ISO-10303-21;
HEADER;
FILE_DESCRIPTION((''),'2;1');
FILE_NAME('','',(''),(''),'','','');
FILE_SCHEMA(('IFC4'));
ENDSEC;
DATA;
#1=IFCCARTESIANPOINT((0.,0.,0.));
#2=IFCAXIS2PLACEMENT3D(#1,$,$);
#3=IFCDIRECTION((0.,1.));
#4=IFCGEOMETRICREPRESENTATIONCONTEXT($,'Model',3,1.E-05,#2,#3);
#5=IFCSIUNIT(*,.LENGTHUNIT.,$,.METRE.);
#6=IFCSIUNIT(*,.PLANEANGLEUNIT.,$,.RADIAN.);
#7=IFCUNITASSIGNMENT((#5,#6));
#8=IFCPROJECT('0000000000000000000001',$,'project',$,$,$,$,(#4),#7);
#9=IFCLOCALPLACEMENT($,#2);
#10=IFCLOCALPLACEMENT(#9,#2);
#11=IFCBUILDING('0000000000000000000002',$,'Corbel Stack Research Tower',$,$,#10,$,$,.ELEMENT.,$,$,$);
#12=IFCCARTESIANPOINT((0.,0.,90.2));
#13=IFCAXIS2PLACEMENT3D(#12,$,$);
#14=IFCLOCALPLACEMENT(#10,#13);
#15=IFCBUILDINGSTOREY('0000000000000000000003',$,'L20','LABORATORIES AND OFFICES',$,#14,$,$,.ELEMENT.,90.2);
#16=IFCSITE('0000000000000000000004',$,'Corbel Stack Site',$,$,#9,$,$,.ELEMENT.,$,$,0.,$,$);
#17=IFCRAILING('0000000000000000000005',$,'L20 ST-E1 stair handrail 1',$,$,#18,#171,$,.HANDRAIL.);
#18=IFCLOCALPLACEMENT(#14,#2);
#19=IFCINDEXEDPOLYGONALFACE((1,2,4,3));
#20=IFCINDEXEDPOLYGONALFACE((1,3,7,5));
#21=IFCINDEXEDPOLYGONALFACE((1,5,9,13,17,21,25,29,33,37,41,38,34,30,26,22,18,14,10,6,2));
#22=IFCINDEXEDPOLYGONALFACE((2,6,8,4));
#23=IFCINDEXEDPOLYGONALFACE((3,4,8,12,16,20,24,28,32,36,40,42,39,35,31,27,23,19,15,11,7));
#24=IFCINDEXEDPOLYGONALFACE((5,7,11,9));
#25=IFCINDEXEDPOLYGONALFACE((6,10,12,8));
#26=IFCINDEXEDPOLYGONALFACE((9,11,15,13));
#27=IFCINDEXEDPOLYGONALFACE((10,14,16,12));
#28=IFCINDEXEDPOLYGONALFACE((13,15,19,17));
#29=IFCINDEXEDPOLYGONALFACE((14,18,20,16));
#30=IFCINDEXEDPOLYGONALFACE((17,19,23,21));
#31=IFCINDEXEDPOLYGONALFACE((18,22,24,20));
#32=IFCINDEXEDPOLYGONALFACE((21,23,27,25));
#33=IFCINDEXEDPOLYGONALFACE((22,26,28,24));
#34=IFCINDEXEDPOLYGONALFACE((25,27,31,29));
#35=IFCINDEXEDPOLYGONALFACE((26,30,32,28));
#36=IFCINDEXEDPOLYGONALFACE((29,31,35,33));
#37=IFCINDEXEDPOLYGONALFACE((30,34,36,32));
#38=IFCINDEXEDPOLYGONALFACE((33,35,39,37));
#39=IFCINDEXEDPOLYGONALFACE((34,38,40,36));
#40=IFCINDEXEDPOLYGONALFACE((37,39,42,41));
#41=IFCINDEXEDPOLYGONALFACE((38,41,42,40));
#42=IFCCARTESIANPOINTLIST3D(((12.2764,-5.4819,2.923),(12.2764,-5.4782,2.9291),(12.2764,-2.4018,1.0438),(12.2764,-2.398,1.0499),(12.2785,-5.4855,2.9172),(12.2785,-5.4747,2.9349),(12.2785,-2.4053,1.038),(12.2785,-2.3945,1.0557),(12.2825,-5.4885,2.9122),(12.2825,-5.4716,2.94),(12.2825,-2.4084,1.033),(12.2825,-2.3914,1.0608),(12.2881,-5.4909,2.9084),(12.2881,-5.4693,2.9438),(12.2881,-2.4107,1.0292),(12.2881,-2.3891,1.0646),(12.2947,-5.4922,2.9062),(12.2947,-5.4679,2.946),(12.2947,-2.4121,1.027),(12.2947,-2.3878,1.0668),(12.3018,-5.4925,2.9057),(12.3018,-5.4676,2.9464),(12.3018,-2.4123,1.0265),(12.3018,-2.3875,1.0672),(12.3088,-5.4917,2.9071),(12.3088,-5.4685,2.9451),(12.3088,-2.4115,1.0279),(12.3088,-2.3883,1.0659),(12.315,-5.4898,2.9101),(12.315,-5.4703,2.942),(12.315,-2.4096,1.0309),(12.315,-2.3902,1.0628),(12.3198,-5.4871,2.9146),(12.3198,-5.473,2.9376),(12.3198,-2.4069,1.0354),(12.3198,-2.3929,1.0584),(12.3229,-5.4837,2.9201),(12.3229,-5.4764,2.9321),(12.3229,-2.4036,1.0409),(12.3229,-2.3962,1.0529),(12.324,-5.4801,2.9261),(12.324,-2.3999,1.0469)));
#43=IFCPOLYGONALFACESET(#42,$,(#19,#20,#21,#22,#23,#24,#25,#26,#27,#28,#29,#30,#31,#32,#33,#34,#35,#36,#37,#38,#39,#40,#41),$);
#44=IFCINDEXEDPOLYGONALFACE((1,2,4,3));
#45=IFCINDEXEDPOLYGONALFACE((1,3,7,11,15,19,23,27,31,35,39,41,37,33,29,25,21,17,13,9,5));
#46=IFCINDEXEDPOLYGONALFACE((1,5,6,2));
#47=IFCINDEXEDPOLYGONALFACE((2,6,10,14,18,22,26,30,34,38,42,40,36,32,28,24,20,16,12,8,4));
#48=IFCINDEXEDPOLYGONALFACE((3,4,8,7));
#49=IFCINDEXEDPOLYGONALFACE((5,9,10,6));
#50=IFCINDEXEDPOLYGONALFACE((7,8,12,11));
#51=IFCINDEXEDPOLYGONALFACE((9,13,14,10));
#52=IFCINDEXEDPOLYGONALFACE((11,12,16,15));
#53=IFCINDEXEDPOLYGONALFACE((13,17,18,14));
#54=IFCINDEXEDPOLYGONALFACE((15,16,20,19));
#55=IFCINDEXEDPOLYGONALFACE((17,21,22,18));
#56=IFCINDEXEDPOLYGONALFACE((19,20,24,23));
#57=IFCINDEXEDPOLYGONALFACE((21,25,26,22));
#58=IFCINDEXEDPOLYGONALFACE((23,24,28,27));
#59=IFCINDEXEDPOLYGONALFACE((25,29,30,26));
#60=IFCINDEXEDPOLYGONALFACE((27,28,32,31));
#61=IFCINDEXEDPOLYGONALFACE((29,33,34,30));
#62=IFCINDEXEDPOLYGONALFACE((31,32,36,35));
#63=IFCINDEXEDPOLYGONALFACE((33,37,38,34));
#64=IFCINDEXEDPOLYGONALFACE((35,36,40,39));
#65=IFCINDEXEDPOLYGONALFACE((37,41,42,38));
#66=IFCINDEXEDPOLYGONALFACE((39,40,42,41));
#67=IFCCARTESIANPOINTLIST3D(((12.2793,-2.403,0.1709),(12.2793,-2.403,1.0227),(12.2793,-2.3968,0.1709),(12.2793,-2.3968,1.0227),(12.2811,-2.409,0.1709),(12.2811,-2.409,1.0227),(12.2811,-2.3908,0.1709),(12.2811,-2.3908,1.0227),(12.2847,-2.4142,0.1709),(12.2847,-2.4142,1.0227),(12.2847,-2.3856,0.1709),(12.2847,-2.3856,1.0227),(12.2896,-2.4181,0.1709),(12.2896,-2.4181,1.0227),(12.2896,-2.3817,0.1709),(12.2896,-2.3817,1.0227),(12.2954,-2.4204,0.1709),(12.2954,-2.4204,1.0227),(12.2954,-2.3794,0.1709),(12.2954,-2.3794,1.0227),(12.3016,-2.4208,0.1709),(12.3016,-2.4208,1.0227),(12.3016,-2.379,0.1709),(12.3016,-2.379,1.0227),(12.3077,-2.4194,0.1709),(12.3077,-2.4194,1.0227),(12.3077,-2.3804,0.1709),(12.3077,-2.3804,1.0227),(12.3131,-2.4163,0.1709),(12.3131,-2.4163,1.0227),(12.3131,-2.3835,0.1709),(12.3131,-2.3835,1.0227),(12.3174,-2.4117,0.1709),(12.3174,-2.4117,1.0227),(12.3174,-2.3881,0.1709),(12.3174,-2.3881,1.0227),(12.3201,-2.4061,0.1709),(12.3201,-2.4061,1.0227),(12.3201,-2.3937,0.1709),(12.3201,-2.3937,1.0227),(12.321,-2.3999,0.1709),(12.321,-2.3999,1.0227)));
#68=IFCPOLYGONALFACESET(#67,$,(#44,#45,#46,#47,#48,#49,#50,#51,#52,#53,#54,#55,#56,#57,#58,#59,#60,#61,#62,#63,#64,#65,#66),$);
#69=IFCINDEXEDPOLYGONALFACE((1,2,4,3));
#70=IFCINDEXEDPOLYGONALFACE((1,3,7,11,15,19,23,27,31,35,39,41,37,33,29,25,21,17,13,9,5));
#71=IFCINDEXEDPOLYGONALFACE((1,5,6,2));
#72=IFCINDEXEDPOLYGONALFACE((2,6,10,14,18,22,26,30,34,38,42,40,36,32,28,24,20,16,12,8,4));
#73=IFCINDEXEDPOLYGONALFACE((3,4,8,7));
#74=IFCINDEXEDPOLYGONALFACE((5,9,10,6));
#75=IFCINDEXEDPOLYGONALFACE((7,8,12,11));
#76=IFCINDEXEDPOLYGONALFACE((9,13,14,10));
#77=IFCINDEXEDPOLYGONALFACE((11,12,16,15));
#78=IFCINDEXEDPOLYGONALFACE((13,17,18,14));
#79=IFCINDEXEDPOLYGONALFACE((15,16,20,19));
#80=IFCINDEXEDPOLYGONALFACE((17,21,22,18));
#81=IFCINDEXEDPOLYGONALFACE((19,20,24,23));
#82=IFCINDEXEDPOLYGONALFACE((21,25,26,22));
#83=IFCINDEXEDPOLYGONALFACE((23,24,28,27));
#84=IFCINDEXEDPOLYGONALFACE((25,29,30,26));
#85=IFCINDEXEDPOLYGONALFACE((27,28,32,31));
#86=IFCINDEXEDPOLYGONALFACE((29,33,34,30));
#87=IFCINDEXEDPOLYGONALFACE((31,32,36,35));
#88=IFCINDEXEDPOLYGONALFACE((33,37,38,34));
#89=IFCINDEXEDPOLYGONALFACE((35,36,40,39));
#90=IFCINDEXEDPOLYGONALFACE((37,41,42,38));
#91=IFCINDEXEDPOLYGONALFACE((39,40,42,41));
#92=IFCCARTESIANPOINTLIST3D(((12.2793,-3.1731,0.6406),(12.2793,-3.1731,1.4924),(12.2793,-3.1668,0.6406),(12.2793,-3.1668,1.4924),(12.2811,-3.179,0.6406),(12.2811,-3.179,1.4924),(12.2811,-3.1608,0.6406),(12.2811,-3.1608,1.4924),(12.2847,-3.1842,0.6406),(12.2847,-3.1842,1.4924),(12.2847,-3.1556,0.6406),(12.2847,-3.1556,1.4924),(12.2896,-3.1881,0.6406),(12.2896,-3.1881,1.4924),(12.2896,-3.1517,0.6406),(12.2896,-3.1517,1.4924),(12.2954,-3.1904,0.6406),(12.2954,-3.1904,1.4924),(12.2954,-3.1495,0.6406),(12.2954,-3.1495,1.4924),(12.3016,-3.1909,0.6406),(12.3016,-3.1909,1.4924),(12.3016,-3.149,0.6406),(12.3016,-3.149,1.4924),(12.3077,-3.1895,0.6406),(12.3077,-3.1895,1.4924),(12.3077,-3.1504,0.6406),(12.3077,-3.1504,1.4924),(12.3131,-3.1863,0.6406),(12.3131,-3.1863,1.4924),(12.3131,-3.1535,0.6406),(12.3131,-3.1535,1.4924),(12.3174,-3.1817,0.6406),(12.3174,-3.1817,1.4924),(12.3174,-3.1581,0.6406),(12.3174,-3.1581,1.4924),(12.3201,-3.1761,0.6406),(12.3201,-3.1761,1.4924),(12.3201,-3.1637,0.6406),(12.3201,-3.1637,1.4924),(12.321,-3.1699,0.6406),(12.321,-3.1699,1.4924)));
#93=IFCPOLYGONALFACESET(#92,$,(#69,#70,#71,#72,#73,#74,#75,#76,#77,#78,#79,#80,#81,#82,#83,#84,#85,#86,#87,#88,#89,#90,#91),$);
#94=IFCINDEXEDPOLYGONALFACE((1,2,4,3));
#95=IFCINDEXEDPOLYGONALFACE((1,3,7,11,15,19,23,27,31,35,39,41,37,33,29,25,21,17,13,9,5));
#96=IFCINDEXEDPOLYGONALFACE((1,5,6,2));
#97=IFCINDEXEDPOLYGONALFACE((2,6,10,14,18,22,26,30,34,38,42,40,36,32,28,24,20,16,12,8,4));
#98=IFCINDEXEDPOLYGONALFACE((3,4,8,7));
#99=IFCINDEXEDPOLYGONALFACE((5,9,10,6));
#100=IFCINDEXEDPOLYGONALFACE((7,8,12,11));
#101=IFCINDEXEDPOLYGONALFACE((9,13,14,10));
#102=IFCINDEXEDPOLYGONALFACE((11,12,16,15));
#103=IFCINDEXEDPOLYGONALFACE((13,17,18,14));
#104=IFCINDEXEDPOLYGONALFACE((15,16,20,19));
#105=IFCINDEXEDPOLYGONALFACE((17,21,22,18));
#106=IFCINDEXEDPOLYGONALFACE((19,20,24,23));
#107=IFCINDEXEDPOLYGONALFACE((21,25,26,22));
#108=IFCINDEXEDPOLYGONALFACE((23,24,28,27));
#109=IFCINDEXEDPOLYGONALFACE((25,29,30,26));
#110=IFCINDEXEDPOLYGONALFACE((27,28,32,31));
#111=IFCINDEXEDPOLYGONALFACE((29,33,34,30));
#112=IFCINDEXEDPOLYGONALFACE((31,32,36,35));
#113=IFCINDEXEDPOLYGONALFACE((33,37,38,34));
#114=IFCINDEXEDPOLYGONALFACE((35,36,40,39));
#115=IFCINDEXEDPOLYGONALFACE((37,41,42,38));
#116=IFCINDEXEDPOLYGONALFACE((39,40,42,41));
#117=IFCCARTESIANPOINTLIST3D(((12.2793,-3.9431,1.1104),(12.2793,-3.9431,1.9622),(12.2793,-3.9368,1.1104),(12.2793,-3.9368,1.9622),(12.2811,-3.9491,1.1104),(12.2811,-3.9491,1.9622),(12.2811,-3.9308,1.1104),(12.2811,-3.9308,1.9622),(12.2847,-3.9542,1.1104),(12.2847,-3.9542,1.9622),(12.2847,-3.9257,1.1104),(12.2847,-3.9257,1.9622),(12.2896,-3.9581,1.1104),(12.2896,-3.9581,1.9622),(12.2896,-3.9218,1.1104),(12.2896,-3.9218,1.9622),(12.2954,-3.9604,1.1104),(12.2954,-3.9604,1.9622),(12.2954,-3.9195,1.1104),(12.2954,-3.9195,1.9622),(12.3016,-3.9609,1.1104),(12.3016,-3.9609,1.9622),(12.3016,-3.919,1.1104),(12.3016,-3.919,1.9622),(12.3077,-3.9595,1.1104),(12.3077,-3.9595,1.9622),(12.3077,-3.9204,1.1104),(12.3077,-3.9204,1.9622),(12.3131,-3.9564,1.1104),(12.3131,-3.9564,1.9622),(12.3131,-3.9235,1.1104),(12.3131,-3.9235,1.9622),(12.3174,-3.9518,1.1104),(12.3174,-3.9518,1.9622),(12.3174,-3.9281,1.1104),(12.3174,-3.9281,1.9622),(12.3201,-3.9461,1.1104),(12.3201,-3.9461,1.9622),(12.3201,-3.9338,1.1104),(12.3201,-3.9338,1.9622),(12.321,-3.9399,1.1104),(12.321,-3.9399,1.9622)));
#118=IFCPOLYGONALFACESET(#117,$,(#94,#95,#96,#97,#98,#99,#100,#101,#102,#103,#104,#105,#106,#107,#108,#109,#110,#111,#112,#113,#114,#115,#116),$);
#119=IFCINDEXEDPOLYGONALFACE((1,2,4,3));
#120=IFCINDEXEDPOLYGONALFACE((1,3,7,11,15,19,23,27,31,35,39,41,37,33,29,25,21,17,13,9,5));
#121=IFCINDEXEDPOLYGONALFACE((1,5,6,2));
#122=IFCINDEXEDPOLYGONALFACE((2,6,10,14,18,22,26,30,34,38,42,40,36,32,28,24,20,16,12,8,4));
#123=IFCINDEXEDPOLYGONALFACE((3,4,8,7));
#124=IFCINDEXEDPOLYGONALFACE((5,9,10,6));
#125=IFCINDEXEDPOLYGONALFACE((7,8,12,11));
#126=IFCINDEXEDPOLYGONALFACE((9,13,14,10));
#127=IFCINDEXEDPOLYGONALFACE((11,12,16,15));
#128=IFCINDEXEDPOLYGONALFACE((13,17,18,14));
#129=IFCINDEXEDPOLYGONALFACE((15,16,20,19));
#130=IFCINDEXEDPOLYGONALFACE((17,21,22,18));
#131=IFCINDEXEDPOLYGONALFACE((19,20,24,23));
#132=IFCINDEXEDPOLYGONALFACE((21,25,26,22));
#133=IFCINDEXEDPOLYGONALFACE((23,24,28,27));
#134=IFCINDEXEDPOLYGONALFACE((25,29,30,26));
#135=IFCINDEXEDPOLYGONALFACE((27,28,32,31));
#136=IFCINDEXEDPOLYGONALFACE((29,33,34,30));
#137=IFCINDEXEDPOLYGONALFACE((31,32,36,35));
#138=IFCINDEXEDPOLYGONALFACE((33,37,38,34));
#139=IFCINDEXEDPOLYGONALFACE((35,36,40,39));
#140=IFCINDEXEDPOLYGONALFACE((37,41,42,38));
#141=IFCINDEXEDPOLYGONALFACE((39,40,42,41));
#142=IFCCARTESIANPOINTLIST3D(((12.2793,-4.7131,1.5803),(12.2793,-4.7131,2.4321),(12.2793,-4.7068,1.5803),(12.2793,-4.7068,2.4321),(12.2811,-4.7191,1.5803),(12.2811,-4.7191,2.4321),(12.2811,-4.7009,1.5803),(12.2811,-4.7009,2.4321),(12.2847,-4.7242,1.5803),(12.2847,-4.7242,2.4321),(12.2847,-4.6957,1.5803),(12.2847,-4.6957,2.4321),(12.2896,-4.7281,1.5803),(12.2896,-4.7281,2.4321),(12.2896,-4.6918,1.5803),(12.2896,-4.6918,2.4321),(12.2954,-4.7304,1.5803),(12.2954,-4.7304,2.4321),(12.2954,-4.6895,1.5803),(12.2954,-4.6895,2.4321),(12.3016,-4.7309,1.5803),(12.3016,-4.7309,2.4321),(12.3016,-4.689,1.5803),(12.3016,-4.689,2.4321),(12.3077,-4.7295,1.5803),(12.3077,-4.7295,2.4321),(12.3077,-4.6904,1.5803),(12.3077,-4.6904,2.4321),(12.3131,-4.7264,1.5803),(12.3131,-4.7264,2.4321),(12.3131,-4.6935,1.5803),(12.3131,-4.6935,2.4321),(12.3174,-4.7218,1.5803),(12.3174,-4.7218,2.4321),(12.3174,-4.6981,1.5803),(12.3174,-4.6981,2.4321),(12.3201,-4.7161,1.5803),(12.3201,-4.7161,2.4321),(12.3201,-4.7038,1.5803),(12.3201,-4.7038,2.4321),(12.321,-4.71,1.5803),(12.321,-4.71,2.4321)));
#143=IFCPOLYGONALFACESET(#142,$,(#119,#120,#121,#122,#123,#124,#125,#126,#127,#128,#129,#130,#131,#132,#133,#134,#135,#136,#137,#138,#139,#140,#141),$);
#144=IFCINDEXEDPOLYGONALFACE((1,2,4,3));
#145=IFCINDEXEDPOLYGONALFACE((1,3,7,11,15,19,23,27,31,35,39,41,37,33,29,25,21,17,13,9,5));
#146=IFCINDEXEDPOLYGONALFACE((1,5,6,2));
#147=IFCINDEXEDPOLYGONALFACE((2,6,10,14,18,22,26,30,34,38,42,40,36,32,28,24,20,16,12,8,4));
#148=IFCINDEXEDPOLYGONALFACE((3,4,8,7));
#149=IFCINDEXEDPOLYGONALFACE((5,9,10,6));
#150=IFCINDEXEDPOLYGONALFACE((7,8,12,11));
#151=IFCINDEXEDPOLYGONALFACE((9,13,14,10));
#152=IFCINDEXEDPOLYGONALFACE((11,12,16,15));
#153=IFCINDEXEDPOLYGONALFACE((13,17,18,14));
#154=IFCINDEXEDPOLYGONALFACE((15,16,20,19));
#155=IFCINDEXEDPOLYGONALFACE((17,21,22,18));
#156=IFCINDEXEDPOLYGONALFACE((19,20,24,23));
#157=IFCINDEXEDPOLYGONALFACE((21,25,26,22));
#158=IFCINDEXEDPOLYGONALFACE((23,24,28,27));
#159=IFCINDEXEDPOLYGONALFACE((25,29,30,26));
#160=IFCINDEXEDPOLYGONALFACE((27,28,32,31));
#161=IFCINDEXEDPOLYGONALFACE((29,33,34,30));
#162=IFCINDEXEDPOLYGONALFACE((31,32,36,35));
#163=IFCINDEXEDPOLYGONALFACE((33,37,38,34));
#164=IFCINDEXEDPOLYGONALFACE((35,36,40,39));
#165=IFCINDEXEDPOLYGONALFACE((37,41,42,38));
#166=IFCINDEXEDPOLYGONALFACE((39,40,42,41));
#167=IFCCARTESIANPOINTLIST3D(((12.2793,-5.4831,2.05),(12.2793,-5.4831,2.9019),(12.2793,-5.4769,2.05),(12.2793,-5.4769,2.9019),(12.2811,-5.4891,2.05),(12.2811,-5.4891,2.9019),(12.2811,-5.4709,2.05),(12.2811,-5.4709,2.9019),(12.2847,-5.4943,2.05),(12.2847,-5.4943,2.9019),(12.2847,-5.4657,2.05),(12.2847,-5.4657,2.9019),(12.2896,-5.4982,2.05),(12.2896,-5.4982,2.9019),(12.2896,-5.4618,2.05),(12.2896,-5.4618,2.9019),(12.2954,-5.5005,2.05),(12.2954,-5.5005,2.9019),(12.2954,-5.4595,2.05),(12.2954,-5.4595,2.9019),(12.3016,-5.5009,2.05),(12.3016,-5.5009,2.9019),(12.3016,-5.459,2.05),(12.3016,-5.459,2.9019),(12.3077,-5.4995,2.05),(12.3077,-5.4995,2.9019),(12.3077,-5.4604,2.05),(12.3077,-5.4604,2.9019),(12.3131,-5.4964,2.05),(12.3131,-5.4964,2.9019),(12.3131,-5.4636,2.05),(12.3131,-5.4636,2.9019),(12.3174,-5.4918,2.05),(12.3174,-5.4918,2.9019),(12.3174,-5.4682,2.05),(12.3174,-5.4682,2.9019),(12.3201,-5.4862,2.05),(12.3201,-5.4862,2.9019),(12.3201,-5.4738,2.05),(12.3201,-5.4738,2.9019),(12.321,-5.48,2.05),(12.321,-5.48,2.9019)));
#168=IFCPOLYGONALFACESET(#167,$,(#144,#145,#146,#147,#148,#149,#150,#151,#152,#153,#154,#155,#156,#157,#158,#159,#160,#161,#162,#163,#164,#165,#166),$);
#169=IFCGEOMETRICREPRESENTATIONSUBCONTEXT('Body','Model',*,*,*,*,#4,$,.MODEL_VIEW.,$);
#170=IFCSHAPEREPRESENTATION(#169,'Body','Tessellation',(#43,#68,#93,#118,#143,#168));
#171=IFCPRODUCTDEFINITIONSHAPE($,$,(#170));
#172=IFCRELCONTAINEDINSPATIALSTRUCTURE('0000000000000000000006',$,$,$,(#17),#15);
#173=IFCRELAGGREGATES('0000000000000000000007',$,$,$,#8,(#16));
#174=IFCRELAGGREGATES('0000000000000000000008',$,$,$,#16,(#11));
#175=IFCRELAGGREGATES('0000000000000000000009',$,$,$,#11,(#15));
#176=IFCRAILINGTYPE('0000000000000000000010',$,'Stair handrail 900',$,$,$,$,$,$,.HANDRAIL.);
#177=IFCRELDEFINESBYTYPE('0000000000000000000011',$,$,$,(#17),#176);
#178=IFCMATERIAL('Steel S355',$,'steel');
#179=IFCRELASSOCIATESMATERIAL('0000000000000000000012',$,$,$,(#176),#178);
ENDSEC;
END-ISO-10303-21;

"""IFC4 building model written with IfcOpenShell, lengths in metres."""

from ifc_helpers import new_model, si_unit, direction, frame, origin, origin_2d, place, context, subcontext, project, spatial, circle, extrude, material, type_object, element, save


model = new_model("IFC4")

# Units and contexts
model_context = context("Model", 3, precision=1e-05, world=origin(), true_north=direction((0.0, 1.0)))
body_context = subcontext(model_context, "Body", "Model", "MODEL_VIEW")
ifc_project = project(units=[si_unit("LENGTHUNIT", "METRE"), si_unit("PLANEANGLEUNIT", "RADIAN")], contexts=[model_context])

# Site, building, storey
site_placement = place(None, origin())
site = spatial("IfcSite", under=ifc_project, at=site_placement, Name="Corbel Stack Site", CompositionType="ELEMENT", RefElevation=0.0)
building_placement = place(site_placement, origin())
building = spatial("IfcBuilding", under=site, at=building_placement, Name="Corbel Stack Research Tower", CompositionType="ELEMENT")
storey_placement = place(building_placement, frame((0.0, 0.0, 90.2)))
storey = spatial("IfcBuildingStorey", under=building, at=storey_placement, Name="L20", Description="LABORATORIES AND OFFICES", CompositionType="ELEMENT", Elevation=90.2)

# Railing
ifc_material_1 = material(Name="Steel S355", Category="steel")
railing_type_1 = type_object("IfcRailingType", Name="Stair handrail 900", PredefinedType="HANDRAIL", material=ifc_material_1)
railing_1_placement = place(storey_placement, frame((12.3, -2.3999, 0.1709)))
element("IfcRailing", 1, at=railing_1_placement, inside=storey, type_object=railing_type_1, Name="L20 ST-E1 stair handrail 1", PredefinedType="HANDRAIL", context=body_context, shape_type="SweptSolid", body=[
    extrude(circle(Radius=0.0239, at=origin_2d()), frame((0.0, 0.0, 0.876), z_axis=(0.0, -0.853666, 0.52082), x_axis=(1.0, 0.0, 0.0)), (0.0, 0.0, 1.0), 3.6082),
    extrude(circle(Radius=0.021, at=origin_2d()), origin(), (0.0, 0.0, 1.0), 0.8518),
    extrude(circle(Radius=0.021, at=origin_2d()), frame((0.0, -0.77, 0.4697)), (0.0, 0.0, 1.0), 0.8518),
    extrude(circle(Radius=0.021, at=origin_2d()), frame((0.0, -1.54, 0.9395)), (0.0, 0.0, 1.0), 0.8518),
    extrude(circle(Radius=0.021, at=origin_2d()), frame((0.0, -2.3101, 1.4094)), (0.0, 0.0, 1.0), 0.8518),
    extrude(circle(Radius=0.021, at=origin_2d()), frame((0.0, -3.0801, 1.8792)), (0.0, 0.0, 1.0), 0.8518),
])

save(model, "model.ifc")
